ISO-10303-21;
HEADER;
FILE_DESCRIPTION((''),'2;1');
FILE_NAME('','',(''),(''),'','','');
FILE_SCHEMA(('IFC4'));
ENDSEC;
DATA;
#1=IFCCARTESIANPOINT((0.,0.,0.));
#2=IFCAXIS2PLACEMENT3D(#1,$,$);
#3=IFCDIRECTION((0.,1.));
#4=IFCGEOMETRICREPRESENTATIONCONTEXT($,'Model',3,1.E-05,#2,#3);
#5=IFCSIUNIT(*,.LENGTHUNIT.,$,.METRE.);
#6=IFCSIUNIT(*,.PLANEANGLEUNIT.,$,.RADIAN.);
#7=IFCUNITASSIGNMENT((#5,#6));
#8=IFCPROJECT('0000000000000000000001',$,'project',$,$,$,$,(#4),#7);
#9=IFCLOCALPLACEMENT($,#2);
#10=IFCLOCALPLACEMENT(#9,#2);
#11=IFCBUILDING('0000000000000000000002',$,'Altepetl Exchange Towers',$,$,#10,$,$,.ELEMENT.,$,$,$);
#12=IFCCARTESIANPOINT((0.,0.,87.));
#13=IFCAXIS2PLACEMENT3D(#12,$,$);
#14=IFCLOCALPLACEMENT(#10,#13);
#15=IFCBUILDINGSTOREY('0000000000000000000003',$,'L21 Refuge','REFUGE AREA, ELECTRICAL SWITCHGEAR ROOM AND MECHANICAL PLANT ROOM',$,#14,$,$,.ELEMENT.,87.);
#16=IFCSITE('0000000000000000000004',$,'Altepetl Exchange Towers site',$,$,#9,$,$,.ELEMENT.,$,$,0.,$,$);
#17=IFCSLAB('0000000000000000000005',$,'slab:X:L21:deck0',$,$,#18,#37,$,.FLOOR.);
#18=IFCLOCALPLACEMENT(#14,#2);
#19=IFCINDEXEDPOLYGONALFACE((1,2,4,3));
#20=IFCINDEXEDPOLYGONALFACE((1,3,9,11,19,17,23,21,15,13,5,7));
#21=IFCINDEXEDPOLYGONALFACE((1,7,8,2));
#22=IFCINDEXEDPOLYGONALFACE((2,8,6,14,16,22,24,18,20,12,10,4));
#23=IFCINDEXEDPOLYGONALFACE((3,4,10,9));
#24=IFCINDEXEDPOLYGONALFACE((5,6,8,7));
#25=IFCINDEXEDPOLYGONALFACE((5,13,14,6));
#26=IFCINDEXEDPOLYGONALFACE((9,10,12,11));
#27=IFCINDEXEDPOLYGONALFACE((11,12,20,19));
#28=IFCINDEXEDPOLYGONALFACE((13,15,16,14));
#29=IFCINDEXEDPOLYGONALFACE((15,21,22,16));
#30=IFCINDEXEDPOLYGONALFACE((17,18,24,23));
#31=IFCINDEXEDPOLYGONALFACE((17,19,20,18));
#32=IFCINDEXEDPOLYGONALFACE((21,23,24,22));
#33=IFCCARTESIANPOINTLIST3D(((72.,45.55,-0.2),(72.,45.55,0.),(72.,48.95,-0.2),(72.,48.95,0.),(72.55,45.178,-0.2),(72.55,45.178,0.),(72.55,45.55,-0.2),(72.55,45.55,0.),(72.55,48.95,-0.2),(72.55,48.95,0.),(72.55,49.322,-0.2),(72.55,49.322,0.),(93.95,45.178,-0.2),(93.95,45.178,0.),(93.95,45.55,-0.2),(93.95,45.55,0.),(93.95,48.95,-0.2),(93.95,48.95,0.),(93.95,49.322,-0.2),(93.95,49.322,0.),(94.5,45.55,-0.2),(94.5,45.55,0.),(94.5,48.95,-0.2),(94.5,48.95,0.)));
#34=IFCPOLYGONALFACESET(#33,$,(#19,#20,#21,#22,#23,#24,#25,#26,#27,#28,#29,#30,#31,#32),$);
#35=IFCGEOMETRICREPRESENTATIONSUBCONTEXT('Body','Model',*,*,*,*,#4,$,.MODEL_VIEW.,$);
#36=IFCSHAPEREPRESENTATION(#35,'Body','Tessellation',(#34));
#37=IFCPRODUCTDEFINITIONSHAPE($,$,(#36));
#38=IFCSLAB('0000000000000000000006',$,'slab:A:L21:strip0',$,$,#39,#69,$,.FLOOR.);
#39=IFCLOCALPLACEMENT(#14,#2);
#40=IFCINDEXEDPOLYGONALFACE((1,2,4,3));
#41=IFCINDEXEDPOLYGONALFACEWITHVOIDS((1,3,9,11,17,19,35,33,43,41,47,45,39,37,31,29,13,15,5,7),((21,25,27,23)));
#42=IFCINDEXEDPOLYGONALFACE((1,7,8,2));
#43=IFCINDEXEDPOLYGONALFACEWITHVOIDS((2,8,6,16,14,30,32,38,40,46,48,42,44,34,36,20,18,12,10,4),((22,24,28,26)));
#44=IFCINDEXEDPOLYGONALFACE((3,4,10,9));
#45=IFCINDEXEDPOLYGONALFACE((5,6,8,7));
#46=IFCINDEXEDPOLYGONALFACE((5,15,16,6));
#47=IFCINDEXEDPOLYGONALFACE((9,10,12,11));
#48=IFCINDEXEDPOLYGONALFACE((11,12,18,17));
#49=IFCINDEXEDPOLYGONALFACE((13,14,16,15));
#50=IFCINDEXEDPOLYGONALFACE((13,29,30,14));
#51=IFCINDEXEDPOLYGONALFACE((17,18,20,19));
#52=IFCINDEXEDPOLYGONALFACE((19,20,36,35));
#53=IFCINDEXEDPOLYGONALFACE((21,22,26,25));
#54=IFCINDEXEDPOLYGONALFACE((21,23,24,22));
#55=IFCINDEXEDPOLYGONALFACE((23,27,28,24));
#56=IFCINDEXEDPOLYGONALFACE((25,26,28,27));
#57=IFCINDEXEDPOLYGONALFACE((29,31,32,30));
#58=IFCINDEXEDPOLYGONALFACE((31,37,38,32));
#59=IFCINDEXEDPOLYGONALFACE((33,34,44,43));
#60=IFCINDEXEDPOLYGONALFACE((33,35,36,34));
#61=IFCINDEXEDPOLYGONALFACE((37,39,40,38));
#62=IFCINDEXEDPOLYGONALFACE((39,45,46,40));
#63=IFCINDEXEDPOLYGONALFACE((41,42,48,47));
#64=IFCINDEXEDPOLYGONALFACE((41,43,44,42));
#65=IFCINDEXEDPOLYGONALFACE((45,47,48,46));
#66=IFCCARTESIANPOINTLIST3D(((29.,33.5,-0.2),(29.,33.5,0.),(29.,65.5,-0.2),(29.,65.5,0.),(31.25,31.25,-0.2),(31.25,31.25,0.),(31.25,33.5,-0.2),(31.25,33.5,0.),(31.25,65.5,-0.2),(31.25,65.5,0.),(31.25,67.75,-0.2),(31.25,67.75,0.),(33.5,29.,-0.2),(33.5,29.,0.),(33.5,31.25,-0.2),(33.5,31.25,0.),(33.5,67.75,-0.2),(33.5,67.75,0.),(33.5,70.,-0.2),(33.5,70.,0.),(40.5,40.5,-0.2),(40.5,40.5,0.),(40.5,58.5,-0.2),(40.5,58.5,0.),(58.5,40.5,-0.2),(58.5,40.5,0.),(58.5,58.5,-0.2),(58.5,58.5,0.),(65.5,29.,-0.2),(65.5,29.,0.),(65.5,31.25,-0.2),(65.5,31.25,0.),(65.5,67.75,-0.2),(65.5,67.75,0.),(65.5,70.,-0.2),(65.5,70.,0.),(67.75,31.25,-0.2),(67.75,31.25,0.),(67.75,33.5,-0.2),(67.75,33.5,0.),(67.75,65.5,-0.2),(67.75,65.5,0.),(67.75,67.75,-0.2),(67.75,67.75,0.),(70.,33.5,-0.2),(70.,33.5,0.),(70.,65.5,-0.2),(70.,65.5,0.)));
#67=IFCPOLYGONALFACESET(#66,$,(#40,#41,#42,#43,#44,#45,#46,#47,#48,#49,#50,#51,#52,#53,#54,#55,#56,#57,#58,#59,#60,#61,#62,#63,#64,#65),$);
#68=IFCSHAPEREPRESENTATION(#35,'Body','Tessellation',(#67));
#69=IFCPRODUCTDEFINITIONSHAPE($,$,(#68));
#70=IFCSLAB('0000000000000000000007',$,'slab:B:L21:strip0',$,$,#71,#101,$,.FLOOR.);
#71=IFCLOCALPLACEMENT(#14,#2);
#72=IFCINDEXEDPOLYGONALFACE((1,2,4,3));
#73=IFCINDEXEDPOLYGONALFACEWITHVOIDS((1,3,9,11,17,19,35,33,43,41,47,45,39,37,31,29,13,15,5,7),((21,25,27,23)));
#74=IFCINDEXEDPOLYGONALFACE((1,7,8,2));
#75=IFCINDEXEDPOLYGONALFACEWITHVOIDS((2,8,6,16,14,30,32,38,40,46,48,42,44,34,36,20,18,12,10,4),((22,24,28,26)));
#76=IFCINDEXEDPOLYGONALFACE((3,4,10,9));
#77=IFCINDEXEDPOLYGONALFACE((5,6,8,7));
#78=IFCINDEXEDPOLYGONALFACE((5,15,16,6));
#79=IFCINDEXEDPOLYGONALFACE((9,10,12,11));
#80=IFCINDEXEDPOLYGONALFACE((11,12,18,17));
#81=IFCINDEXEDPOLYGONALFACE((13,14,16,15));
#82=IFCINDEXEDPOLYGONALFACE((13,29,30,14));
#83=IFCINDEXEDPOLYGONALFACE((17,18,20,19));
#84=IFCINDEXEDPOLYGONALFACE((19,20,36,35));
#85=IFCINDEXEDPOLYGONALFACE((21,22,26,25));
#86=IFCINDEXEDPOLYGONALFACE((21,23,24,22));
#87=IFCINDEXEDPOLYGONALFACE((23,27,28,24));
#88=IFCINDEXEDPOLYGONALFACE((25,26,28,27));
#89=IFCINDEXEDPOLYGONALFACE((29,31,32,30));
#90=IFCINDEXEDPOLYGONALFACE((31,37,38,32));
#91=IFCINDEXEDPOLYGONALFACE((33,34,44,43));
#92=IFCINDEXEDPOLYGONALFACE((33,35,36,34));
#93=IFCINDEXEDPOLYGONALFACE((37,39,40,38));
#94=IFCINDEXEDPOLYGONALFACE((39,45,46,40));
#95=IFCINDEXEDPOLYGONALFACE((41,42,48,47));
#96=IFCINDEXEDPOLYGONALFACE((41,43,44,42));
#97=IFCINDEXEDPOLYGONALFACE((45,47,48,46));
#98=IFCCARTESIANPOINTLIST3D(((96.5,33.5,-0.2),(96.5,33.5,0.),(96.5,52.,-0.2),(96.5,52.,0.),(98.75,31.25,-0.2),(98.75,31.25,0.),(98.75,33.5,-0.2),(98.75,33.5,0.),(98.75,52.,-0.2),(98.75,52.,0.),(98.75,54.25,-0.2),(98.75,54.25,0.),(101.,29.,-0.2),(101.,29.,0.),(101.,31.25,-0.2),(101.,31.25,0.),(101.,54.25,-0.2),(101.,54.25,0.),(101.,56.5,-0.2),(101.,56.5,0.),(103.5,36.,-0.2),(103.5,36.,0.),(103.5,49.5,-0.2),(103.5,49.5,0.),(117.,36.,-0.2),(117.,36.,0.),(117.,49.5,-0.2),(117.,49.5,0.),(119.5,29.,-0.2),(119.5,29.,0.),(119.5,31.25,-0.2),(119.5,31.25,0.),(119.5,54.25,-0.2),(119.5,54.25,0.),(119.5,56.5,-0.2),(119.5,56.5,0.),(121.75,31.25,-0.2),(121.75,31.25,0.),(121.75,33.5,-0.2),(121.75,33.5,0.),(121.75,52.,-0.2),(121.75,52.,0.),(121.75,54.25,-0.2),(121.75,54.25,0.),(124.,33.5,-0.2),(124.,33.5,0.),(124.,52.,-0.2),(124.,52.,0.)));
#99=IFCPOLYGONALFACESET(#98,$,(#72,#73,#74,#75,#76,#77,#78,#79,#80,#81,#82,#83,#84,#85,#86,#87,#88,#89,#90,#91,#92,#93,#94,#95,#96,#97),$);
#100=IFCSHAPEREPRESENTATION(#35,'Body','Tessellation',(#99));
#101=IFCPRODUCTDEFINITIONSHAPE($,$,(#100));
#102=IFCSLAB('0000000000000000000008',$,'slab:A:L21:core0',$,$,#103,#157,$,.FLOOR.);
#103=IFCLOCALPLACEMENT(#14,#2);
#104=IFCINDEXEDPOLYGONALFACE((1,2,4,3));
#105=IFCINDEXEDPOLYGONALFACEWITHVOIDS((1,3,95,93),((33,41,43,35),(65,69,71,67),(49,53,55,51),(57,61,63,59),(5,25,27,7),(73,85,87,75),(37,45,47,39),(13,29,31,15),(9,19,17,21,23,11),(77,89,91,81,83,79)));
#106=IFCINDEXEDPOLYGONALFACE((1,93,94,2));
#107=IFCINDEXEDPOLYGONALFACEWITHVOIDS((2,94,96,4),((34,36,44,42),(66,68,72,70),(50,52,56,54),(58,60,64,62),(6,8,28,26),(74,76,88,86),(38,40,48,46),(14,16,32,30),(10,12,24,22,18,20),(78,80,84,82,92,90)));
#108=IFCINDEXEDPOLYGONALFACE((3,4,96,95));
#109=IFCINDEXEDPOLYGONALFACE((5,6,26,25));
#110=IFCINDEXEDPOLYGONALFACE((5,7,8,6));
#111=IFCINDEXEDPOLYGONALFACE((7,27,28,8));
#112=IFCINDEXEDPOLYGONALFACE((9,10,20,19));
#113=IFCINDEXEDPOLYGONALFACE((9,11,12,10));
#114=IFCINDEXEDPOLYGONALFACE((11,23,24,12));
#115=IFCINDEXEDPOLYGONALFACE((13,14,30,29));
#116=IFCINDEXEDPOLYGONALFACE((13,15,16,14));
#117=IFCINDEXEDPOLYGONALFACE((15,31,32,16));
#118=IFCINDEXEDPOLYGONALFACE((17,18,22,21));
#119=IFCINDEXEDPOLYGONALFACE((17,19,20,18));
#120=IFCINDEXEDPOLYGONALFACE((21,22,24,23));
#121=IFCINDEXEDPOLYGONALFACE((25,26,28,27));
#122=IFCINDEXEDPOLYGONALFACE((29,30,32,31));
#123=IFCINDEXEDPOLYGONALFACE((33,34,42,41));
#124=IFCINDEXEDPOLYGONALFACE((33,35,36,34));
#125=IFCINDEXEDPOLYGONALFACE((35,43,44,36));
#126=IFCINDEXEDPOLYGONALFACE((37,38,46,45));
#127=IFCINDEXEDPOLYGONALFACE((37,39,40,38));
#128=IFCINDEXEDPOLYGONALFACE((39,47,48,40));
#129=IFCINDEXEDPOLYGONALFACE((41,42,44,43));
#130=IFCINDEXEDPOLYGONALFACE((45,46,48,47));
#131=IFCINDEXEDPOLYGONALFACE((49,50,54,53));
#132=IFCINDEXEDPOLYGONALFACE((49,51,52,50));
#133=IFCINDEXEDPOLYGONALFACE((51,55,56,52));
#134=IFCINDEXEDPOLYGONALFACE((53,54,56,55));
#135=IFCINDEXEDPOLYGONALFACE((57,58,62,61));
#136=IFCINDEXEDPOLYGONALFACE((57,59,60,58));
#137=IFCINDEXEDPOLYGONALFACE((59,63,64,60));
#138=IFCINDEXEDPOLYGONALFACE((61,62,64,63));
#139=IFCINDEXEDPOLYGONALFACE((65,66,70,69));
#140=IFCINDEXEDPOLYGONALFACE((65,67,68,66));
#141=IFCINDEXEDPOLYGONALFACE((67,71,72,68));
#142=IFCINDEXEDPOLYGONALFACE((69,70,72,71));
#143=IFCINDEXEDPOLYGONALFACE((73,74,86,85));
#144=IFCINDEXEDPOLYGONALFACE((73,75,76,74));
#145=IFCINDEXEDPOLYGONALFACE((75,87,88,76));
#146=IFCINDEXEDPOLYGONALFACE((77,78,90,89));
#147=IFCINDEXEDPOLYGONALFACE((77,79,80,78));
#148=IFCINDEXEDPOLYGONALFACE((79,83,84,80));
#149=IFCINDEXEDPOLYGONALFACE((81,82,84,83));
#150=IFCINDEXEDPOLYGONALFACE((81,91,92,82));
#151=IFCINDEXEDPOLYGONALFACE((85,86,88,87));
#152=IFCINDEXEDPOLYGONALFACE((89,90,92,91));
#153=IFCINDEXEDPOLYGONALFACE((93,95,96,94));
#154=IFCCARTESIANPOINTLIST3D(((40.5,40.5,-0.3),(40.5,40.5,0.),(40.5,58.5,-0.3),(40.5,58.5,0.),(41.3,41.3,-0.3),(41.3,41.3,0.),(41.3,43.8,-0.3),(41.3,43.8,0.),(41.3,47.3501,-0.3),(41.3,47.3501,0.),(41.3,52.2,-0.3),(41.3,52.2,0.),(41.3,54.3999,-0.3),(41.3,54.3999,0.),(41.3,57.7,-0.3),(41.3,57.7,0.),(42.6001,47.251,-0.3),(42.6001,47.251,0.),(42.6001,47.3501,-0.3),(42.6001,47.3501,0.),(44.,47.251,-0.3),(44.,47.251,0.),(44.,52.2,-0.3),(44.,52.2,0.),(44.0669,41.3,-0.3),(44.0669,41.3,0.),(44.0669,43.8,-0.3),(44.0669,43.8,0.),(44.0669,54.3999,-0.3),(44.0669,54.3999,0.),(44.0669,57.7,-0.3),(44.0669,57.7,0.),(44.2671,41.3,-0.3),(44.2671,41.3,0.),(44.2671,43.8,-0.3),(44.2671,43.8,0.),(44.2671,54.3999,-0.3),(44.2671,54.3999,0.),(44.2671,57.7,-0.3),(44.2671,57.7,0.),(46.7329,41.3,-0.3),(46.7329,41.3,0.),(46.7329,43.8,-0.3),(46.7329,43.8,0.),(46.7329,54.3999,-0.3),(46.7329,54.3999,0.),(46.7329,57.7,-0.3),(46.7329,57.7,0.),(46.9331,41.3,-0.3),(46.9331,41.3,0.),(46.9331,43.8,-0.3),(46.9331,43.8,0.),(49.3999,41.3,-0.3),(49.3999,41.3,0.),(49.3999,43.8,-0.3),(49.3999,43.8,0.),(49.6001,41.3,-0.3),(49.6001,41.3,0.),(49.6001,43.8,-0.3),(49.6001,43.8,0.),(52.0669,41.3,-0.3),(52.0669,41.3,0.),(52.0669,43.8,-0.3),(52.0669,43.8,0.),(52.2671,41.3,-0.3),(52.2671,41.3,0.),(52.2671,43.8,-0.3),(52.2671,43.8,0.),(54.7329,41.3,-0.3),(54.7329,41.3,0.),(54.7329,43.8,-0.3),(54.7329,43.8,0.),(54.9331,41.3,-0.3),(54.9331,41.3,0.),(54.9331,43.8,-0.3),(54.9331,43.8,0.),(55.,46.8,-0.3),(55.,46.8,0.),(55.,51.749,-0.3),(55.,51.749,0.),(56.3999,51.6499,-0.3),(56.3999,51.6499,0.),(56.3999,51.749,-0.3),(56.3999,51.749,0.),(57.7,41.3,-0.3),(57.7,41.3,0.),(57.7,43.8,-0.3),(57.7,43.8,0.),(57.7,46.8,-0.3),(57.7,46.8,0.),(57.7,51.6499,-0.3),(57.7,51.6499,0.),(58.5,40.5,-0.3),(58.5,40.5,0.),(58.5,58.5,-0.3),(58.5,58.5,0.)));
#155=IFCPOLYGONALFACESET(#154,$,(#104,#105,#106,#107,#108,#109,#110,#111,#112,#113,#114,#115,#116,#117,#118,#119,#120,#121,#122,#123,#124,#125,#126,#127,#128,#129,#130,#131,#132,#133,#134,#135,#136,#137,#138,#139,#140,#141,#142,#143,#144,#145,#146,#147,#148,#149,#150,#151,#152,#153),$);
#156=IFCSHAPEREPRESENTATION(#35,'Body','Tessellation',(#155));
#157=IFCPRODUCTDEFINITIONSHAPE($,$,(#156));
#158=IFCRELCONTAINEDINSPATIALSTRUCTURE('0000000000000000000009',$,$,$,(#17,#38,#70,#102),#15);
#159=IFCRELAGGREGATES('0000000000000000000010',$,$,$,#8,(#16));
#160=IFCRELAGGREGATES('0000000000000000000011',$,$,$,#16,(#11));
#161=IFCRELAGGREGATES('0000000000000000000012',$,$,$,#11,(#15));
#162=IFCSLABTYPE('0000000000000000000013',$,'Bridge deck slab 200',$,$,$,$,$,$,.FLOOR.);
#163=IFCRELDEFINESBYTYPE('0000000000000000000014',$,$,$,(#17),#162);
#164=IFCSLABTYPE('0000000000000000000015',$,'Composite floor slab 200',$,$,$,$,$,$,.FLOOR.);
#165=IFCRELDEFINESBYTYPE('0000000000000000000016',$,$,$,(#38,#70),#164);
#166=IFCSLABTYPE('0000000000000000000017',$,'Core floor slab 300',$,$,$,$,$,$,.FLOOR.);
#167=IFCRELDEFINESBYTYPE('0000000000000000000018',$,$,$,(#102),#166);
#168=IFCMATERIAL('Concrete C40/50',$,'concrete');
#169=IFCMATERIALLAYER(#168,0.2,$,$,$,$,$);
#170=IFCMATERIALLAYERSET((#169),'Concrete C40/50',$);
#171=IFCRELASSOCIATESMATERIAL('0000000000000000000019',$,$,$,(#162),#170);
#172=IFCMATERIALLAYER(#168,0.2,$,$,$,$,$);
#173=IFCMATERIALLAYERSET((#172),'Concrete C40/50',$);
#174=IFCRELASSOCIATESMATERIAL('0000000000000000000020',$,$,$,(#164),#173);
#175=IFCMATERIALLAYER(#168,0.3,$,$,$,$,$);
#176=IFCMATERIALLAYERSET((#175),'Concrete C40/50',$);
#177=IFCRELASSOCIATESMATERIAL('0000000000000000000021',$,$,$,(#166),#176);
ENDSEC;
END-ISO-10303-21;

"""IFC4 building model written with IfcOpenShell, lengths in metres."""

from ifc_helpers import new_model, si_unit, direction, frame, origin, place, context, subcontext, project, spatial, polyline, outline, extrude, material, layer, layer_set, type_object, element, save


model = new_model("IFC4")

# Units and contexts
model_context = context("Model", 3, precision=1e-05, world=origin(), true_north=direction((0.0, 1.0)))
body_context = subcontext(model_context, "Body", "Model", "MODEL_VIEW")
ifc_project = project(units=[si_unit("LENGTHUNIT", "METRE"), si_unit("PLANEANGLEUNIT", "RADIAN")], contexts=[model_context])

# Site, building, storey
site_placement = place(None, origin())
site = spatial("IfcSite", under=ifc_project, at=site_placement, Name="Altepetl Exchange Towers site", CompositionType="ELEMENT", RefElevation=0.0)
building_placement = place(site_placement, origin())
building = spatial("IfcBuilding", under=site, at=building_placement, Name="Altepetl Exchange Towers", CompositionType="ELEMENT")
storey_placement = place(building_placement, frame((0.0, 0.0, 87.0)))
storey = spatial("IfcBuildingStorey", under=building, at=storey_placement, Name="L21 Refuge", Description="REFUGE AREA, ELECTRICAL SWITCHGEAR ROOM AND MECHANICAL PLANT ROOM", CompositionType="ELEMENT", Elevation=87.0)

# Slabs
ifc_material_1 = material(Name="Concrete C40/50", Category="concrete")
ifc_layer_1 = layer(ifc_material_1, 0.2)
ifc_layer_set_1 = layer_set([ifc_layer_1], Name="Concrete C40/50")
slab_type_1 = type_object("IfcSlabType", Name="Bridge deck slab 200", PredefinedType="FLOOR", material=ifc_layer_set_1)
slab_1_placement = place(storey_placement, frame((0.0, 0.0, -0.2)))
element("IfcSlab", 1, at=slab_1_placement, inside=storey, type_object=slab_type_1, Name="slab:X:L21:deck0", PredefinedType="FLOOR", context=body_context, shape_type="SweptSolid", body=[
    extrude(outline(polyline([(93.95, 45.55), (94.5, 45.55), (94.5, 48.95), (93.95, 48.95), (93.95, 49.322), (72.55, 49.322), (72.55, 48.95), (72.0, 48.95), (72.0, 45.55), (72.55, 45.55), (72.55, 45.178), (93.95, 45.178), (93.95, 45.55)])), origin(), (0.0, 0.0, 1.0), 0.2),
])
ifc_layer_2 = layer(ifc_material_1, 0.2)
ifc_layer_set_2 = layer_set([ifc_layer_2], Name="Concrete C40/50")
slab_type_2 = type_object("IfcSlabType", Name="Composite floor slab 200", PredefinedType="FLOOR", material=ifc_layer_set_2)
slab_2_placement = place(storey_placement, frame((0.0, 0.0, -0.2)))
element("IfcSlab", 2, at=slab_2_placement, inside=storey, type_object=slab_type_2, Name="slab:A:L21:strip0", PredefinedType="FLOOR", context=body_context, shape_type="SweptSolid", body=[
    extrude(outline(polyline([(31.25, 67.75), (31.25, 65.5), (29.0, 65.5), (29.0, 33.5), (31.25, 33.5), (31.25, 31.25), (33.5, 31.25), (33.5, 29.0), (65.5, 29.0), (65.5, 31.25), (67.75, 31.25), (67.75, 33.5), (70.0, 33.5), (70.0, 65.5), (67.75, 65.5), (67.75, 67.75), (65.5, 67.75), (65.5, 70.0), (33.5, 70.0), (33.5, 67.75), (31.25, 67.75)]), holes=[polyline([(58.5, 58.5), (58.5, 40.5), (40.5, 40.5), (40.5, 58.5), (58.5, 58.5)])]), origin(), (0.0, 0.0, 1.0), 0.2),
])
slab_3_placement = place(storey_placement, frame((0.0, 0.0, -0.2)))
element("IfcSlab", 3, at=slab_3_placement, inside=storey, type_object=slab_type_2, Name="slab:B:L21:strip0", PredefinedType="FLOOR", context=body_context, shape_type="SweptSolid", body=[
    extrude(outline(polyline([(98.75, 54.25), (98.75, 52.0), (96.5, 52.0), (96.5, 33.5), (98.75, 33.5), (98.75, 31.25), (101.0, 31.25), (101.0, 29.0), (119.5, 29.0), (119.5, 31.25), (121.75, 31.25), (121.75, 33.5), (124.0, 33.5), (124.0, 52.0), (121.75, 52.0), (121.75, 54.25), (119.5, 54.25), (119.5, 56.5), (101.0, 56.5), (101.0, 54.25), (98.75, 54.25)]), holes=[polyline([(117.0, 49.5), (117.0, 36.0), (103.5, 36.0), (103.5, 49.5), (117.0, 49.5)])]), origin(), (0.0, 0.0, 1.0), 0.2),
])
ifc_layer_3 = layer(ifc_material_1, 0.3)
ifc_layer_set_3 = layer_set([ifc_layer_3], Name="Concrete C40/50")
slab_type_3 = type_object("IfcSlabType", Name="Core floor slab 300", PredefinedType="FLOOR", material=ifc_layer_set_3)
slab_4_placement = place(storey_placement, frame((0.0, 0.0, -0.3)))
element("IfcSlab", 4, at=slab_4_placement, inside=storey, type_object=slab_type_3, Name="slab:A:L21:core0", PredefinedType="FLOOR", context=body_context, shape_type="SweptSolid", body=[
    extrude(outline(polyline([(40.5, 40.5), (58.5, 40.5), (58.5, 58.5), (40.5, 58.5), (40.5, 40.5)]), holes=[polyline([(41.3, 43.8), (44.0669, 43.8), (44.0669, 41.3), (41.3, 41.3), (41.3, 43.8)]), polyline([(44.2671, 43.8), (46.7329, 43.8), (46.7329, 41.3), (44.2671, 41.3), (44.2671, 43.8)]), polyline([(46.9331, 43.8), (49.3999, 43.8), (49.3999, 41.3), (46.9331, 41.3), (46.9331, 43.8)]), polyline([(52.0669, 43.8), (52.0669, 41.3), (49.6001, 41.3), (49.6001, 43.8), (52.0669, 43.8)]), polyline([(54.7329, 43.8), (54.7329, 41.3), (52.2671, 41.3), (52.2671, 43.8), (54.7329, 43.8)]), polyline([(54.9331, 43.8), (57.7, 43.8), (57.7, 41.3), (54.9331, 41.3), (54.9331, 43.8)]), polyline([(55.0, 51.749), (56.3999, 51.749), (56.3999, 51.6499), (57.7, 51.6499), (57.7, 46.8), (55.0, 46.8), (55.0, 51.749)]), polyline([(44.0, 47.251), (42.6001, 47.251), (42.6001, 47.3501), (41.3, 47.3501), (41.3, 52.2), (44.0, 52.2), (44.0, 47.251)]), polyline([(44.0669, 57.7), (44.0669, 54.3999), (41.3, 54.3999), (41.3, 57.7), (44.0669, 57.7)]), polyline([(46.7329, 57.7), (46.7329, 54.3999), (44.2671, 54.3999), (44.2671, 57.7), (46.7329, 57.7)])]), origin(), (0.0, 0.0, 1.0), 0.3),
])

save(model, "model.ifc")
